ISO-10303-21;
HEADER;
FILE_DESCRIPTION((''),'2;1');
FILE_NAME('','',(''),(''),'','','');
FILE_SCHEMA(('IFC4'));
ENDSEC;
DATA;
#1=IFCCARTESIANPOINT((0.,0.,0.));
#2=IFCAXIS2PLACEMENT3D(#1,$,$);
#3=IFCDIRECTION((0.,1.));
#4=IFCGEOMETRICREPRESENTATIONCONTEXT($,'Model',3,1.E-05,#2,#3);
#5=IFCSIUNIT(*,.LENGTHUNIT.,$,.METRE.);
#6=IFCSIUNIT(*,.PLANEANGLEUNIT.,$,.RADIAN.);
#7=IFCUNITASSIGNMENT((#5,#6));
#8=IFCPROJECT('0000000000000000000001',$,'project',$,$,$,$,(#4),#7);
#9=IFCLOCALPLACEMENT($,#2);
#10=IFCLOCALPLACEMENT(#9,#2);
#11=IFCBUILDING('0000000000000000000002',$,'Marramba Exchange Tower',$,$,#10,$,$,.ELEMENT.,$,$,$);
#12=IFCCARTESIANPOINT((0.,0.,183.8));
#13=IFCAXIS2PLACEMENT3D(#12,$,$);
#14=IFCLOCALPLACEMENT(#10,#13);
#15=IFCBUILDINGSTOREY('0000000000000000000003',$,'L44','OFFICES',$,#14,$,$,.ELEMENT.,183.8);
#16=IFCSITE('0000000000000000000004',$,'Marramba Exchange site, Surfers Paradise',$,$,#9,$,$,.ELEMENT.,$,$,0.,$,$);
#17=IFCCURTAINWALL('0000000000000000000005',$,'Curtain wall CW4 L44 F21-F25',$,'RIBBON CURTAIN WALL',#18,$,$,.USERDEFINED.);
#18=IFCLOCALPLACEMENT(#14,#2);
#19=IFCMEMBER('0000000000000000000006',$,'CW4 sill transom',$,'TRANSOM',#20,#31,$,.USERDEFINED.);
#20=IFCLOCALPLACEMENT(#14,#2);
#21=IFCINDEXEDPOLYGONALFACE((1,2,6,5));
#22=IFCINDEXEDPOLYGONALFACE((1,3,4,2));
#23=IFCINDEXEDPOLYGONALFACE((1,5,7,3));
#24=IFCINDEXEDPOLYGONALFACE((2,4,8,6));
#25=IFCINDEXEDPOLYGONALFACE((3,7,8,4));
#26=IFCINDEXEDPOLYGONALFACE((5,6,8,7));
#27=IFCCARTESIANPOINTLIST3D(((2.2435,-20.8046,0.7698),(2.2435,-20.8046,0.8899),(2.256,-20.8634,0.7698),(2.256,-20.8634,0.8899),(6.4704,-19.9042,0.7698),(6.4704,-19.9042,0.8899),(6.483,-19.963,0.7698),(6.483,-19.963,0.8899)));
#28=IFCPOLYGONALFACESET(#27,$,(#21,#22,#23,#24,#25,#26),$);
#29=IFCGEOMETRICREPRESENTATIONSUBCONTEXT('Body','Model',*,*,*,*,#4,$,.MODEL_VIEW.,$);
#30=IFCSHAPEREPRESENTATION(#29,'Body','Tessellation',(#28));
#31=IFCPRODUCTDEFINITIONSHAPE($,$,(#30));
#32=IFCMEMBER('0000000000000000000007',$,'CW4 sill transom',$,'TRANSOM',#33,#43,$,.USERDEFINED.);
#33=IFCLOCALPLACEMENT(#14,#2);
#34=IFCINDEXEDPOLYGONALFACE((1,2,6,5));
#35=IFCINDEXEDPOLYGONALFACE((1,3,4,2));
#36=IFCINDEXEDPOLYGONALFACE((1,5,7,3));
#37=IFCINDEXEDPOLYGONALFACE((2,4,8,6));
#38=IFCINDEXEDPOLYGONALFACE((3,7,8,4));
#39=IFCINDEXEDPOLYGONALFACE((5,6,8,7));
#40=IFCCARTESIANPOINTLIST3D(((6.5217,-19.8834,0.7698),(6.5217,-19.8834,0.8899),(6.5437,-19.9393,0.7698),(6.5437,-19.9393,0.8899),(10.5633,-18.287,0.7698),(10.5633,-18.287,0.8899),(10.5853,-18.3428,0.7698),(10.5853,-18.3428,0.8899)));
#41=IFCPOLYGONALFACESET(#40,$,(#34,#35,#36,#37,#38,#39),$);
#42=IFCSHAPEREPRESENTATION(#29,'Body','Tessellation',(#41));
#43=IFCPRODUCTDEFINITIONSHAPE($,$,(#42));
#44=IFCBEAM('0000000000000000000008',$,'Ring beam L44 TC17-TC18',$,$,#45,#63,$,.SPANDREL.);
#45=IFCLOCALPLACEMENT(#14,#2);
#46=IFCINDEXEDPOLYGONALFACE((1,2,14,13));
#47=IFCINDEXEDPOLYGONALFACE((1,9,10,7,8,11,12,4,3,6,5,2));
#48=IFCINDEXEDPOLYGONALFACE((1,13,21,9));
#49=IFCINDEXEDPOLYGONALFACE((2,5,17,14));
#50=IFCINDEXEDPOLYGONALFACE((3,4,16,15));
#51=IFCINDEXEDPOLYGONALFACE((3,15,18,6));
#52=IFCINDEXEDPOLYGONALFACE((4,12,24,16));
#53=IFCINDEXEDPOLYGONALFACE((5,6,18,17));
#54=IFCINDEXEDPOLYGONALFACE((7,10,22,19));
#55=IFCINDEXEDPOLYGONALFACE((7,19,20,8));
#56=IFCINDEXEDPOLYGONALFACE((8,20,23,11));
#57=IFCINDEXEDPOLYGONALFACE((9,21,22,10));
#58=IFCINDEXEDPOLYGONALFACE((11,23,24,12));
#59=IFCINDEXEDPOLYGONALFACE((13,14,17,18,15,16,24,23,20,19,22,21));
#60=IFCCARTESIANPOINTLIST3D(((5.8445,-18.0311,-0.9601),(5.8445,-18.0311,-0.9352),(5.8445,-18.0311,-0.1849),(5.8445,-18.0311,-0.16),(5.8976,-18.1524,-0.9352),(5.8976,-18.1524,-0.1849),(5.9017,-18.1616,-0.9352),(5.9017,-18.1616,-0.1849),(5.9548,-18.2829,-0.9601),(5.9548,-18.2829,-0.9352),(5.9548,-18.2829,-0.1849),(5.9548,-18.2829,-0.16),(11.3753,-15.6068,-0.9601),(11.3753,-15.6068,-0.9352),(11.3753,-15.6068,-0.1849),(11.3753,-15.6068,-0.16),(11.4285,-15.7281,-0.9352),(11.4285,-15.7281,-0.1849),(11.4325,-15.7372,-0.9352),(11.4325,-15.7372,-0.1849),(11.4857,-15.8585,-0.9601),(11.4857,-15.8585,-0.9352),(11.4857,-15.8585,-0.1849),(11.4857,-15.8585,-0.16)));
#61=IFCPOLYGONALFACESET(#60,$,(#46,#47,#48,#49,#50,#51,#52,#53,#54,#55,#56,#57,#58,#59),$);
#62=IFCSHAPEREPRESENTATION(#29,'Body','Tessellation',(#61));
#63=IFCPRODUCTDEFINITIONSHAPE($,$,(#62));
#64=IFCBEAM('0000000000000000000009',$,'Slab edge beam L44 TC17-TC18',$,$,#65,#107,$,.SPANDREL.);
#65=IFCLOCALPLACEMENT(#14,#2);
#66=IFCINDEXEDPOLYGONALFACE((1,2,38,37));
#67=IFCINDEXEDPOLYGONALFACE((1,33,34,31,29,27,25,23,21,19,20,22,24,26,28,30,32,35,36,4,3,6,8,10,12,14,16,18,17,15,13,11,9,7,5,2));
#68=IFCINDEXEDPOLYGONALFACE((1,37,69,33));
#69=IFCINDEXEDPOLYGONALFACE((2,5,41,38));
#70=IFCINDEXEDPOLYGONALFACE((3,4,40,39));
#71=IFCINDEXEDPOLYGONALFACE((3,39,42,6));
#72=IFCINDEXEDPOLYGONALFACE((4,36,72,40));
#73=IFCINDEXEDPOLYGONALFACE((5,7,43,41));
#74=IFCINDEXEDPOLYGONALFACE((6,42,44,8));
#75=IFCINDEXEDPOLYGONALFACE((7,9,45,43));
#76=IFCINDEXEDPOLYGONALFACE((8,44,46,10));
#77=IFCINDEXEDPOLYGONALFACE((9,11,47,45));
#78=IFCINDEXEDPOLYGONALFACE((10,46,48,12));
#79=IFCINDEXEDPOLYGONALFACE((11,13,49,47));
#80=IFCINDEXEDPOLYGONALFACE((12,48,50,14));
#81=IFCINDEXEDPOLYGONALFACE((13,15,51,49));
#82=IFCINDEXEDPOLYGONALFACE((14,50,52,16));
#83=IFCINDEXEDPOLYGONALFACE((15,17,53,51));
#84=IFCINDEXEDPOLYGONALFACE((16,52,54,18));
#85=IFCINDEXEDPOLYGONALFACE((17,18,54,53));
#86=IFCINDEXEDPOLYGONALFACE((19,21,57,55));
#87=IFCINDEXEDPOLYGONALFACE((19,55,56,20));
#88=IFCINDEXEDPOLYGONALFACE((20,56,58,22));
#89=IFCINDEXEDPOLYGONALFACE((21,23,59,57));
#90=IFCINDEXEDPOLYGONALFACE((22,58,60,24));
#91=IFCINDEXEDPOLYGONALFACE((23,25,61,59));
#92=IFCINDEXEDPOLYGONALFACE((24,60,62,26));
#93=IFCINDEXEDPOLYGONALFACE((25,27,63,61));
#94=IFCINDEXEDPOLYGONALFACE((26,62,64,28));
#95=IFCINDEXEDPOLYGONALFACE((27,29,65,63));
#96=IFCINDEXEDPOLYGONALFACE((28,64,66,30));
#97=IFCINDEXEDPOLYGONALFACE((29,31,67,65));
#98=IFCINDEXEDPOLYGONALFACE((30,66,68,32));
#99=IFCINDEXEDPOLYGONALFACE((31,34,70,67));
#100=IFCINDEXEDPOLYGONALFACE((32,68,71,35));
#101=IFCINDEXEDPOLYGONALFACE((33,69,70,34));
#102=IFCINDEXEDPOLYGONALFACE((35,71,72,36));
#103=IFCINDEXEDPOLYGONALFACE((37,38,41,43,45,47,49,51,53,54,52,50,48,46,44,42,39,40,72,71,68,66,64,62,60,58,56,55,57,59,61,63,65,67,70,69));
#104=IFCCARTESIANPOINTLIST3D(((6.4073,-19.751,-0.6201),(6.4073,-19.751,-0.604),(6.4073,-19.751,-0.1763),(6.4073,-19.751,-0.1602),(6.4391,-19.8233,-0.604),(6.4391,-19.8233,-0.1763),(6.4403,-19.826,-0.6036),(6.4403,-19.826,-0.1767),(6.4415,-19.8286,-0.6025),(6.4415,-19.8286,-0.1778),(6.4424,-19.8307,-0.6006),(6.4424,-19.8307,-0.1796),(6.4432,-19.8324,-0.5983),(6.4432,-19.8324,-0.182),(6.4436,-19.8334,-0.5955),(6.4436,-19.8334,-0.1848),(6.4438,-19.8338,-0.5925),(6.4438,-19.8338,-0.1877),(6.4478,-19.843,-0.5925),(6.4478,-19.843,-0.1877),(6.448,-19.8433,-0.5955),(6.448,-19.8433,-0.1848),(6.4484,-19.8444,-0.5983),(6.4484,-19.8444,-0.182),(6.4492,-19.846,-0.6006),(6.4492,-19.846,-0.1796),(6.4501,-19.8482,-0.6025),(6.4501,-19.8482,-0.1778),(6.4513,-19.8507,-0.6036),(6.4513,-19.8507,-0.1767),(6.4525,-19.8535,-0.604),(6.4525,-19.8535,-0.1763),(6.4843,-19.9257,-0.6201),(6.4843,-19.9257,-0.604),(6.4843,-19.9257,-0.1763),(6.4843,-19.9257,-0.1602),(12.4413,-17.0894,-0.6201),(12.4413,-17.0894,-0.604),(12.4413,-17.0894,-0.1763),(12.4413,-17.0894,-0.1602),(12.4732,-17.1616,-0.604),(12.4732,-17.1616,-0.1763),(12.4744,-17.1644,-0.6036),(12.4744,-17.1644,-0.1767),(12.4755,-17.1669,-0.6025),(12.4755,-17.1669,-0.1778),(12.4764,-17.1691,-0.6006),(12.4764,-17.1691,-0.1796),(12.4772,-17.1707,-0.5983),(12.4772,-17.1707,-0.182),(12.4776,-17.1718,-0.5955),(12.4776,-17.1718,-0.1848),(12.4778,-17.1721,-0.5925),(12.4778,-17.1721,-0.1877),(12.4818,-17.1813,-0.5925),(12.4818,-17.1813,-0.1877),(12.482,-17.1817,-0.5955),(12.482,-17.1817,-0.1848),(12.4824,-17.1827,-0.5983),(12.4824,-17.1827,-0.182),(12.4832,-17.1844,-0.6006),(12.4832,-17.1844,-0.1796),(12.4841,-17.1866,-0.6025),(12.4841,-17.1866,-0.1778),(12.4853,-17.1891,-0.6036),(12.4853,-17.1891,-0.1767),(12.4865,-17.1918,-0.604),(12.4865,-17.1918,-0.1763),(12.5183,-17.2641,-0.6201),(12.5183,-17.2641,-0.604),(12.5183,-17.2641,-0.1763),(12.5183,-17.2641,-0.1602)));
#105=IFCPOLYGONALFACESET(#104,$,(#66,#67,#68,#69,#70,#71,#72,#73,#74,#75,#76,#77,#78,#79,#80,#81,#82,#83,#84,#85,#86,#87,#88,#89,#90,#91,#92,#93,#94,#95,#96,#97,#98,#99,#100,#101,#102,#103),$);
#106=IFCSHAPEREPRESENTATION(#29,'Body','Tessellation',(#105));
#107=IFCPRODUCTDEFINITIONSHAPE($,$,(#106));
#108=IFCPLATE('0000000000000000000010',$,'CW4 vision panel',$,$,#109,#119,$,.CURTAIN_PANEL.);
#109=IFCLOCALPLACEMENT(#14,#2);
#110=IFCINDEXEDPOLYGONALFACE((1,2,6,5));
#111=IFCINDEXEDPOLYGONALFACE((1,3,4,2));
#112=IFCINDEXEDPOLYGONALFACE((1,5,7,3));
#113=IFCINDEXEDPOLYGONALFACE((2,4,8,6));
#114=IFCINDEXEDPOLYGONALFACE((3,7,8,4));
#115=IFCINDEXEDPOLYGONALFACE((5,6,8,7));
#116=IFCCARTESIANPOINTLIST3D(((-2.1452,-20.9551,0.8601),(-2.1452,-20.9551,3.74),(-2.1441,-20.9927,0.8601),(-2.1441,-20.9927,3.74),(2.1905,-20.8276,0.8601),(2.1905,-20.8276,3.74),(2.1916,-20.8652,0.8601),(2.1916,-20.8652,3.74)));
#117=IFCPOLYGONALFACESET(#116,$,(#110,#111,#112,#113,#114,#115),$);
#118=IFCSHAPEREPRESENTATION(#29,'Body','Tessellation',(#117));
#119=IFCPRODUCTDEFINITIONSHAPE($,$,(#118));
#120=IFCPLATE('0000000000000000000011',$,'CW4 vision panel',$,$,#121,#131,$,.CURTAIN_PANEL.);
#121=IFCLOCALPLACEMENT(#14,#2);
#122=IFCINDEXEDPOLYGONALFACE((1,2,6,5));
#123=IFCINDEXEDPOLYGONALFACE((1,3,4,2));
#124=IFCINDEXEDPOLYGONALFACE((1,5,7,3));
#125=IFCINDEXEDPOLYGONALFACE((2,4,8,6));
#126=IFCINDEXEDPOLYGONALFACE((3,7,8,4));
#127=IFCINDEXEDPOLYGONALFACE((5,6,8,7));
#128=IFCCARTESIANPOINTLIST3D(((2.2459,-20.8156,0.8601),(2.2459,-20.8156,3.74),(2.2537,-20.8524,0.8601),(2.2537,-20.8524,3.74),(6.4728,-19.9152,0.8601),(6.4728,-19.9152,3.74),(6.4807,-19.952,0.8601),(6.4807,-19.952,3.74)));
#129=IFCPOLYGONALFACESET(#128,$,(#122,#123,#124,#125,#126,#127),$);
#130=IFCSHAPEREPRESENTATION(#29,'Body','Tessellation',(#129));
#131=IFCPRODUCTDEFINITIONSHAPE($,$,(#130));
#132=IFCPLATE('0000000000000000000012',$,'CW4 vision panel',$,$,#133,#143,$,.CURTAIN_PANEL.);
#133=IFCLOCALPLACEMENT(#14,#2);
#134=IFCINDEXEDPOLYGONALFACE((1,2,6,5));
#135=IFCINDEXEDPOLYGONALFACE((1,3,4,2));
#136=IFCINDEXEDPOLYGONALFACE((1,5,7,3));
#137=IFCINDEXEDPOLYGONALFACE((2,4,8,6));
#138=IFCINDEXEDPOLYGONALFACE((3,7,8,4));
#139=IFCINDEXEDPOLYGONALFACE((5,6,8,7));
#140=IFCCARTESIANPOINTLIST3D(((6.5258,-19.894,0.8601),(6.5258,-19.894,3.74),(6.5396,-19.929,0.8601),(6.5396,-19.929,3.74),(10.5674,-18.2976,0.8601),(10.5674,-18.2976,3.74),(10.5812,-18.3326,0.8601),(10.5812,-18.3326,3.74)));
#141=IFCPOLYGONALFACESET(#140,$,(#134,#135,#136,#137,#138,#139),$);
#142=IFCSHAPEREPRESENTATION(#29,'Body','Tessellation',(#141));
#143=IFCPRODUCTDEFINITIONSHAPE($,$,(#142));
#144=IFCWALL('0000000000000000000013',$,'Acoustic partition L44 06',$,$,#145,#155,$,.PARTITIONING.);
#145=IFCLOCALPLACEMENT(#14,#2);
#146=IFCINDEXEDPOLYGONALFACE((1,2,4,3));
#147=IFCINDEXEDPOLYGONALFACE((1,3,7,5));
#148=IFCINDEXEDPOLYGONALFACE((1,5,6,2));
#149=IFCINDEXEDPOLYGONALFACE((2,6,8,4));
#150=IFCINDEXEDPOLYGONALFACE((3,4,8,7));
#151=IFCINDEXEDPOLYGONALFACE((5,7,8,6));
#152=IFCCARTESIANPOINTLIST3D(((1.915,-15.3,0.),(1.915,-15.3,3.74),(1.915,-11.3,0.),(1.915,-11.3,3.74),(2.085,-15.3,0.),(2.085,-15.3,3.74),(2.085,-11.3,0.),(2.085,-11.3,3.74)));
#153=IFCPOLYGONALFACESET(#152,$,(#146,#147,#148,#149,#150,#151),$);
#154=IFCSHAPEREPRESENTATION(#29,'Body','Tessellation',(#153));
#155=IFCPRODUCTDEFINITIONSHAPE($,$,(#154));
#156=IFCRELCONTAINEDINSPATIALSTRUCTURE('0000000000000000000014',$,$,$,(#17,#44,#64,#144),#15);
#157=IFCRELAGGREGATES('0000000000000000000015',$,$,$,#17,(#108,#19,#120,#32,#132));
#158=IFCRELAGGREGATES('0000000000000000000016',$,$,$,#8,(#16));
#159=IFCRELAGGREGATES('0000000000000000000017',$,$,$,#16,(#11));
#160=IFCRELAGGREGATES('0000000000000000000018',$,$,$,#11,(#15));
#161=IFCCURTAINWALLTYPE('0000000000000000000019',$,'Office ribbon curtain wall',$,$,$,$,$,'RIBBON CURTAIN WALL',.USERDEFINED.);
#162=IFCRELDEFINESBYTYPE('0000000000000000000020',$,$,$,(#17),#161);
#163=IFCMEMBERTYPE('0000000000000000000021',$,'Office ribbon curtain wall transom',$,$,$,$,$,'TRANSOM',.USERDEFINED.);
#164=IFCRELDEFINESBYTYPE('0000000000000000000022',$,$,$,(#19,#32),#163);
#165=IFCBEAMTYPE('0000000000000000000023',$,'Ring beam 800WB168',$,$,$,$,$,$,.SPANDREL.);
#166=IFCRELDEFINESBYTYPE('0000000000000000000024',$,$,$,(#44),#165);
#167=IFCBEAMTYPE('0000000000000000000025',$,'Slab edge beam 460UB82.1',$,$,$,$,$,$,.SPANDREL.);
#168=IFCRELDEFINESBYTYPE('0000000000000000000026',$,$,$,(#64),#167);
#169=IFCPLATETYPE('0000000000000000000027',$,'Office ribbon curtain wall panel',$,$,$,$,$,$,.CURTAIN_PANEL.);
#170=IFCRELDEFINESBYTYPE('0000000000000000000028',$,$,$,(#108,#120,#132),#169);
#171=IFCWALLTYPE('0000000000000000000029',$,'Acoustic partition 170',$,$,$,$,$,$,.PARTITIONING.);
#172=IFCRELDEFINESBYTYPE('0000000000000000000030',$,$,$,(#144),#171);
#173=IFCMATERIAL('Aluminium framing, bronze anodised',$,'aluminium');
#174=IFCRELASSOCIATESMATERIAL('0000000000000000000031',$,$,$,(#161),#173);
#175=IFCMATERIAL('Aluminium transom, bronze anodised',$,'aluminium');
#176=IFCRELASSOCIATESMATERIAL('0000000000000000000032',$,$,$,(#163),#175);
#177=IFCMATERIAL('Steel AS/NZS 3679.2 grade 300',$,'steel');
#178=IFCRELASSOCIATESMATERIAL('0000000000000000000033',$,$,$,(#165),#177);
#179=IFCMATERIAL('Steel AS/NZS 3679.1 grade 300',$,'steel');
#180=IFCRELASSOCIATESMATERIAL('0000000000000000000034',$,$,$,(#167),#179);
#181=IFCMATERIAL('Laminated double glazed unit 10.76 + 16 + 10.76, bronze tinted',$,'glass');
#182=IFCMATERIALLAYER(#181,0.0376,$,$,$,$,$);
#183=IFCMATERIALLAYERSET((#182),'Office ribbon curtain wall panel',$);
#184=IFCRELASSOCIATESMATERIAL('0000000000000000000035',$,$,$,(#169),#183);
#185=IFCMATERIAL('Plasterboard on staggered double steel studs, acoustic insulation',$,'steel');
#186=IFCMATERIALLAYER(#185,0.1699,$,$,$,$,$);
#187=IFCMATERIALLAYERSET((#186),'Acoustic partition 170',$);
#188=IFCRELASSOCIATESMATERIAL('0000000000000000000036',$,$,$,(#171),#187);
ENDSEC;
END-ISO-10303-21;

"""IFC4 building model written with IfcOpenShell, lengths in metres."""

from ifc_helpers import new_model, si_unit, direction, frame, frame_2d, origin, origin_2d, place, context, subcontext, project, spatial, rectangle, i_section, extrude, material, layer, layer_set, material_profile, profile_set, type_object, element, aggregate, save


model = new_model("IFC4")

# Units and contexts
model_context = context("Model", 3, precision=1e-05, world=origin(), true_north=direction((0.0, 1.0)))
body_context = subcontext(model_context, "Body", "Model", "MODEL_VIEW")
ifc_project = project(units=[si_unit("LENGTHUNIT", "METRE"), si_unit("PLANEANGLEUNIT", "RADIAN")], contexts=[model_context])

# Site, building, storey
site_placement = place(None, origin())
site = spatial("IfcSite", under=ifc_project, at=site_placement, Name="Marramba Exchange site, Surfers Paradise", CompositionType="ELEMENT", RefElevation=0.0)
building_placement = place(site_placement, origin())
building = spatial("IfcBuilding", under=site, at=building_placement, Name="Marramba Exchange Tower", CompositionType="ELEMENT")
storey_placement = place(building_placement, frame((0.0, 0.0, 183.8)))
storey = spatial("IfcBuildingStorey", under=building, at=storey_placement, Name="L44", Description="OFFICES", CompositionType="ELEMENT", Elevation=183.8)

# Shared definitions
ifc_material_1 = material(Name="Steel AS/NZS 3679.2 grade 300", Category="steel")
ifc_material_2 = material(Name="Steel AS/NZS 3679.1 grade 300", Category="steel")

# Curtain wall
ifc_material_3 = material(Name="Aluminium framing, bronze anodised", Category="aluminium")
curtain_wall_type = type_object("IfcCurtainWallType", Name="Office ribbon curtain wall", ElementType="RIBBON CURTAIN WALL", PredefinedType="USERDEFINED", material=ifc_material_3)
curtain_wall_1_placement = place(storey_placement, origin())
curtain_wall_1 = element("IfcCurtainWall", 1, at=curtain_wall_1_placement, inside=storey, type_object=curtain_wall_type, Name="Curtain wall CW4 L44 F21-F25", ObjectType="RIBBON CURTAIN WALL", PredefinedType="USERDEFINED")

# Members
ifc_material_4 = material(Name="Aluminium transom, bronze anodised", Category="aluminium")
ifc_material_profile_1 = material_profile(ifc_material_4, rectangle(XDim=0.0601, YDim=0.1201, at=origin_2d()), Name="CW4 transom 60x120")
ifc_profile_set_1 = profile_set([ifc_material_profile_1], Name="Aluminium transom, bronze anodised")
member_type_1 = type_object("IfcMemberType", Name="Office ribbon curtain wall transom", ElementType="TRANSOM", PredefinedType="USERDEFINED", material=ifc_profile_set_1)
member_1_placement = place(storey_placement, frame((2.2498, -20.834, 0.8298), z_axis=(0.978058, 0.208333, 0.0), x_axis=(-0.208333, 0.978058, 0.0)))
member_1 = element("IfcMember", 2, at=member_1_placement, type_object=member_type_1, Name="CW4 sill transom", ObjectType="TRANSOM", PredefinedType="USERDEFINED", context=body_context, shape_type="SweptSolid", body=[
    extrude(rectangle(XDim=0.0601, YDim=0.1201, at=origin_2d()), origin(), (0.0, 0.0, 1.0), 4.3218),
])
member_2_placement = place(storey_placement, frame((6.5327, -19.9114, 0.8298), z_axis=(0.930068, 0.367387, 0.0), x_axis=(-0.367387, 0.930068, 0.0)))
member_2 = element("IfcMember", 3, at=member_2_placement, type_object=member_type_1, Name="CW4 sill transom", ObjectType="TRANSOM", PredefinedType="USERDEFINED", context=body_context, shape_type="SweptSolid", body=[
    extrude(rectangle(XDim=0.0601, YDim=0.1201, at=origin_2d()), origin(), (0.0, 0.0, 1.0), 4.3455),
])

# Beams
ifc_material_profile_2 = material_profile(ifc_material_1, i_section(OverallWidth=0.2749, OverallDepth=0.8, WebThickness=0.01, FlangeThickness=0.0249, at=origin_2d()), Name="800WB168")
ifc_profile_set_2 = profile_set([ifc_material_profile_2], Name="Steel AS/NZS 3679.2 grade 300")
beam_type_1 = type_object("IfcBeamType", Name="Ring beam 800WB168", PredefinedType="SPANDREL", material=ifc_profile_set_2)
beam_1_placement = place(storey_placement, frame((5.8997, -18.157, -0.5601), z_axis=(0.915877, 0.401459, 0.0), x_axis=(-0.401459, 0.915877, 0.0)))
element("IfcBeam", 4, at=beam_1_placement, inside=storey, type_object=beam_type_1, Name="Ring beam L44 TC17-TC18", PredefinedType="SPANDREL", context=body_context, shape_type="SweptSolid", body=[
    extrude(i_section(OverallWidth=0.2749, OverallDepth=0.8, WebThickness=0.01, FlangeThickness=0.0249, at=origin_2d()), origin(), (0.0, 0.0, 1.0), 6.0388),
])
ifc_material_profile_3 = material_profile(ifc_material_2, i_section(OverallWidth=0.1909, OverallDepth=0.46, WebThickness=0.01, FlangeThickness=0.0161, FilletRadius=0.0115, at=origin_2d()), Name="460UB82.1")
ifc_profile_set_3 = profile_set([ifc_material_profile_3], Name="Steel AS/NZS 3679.1 grade 300")
beam_type_2 = type_object("IfcBeamType", Name="Slab edge beam 460UB82.1", PredefinedType="SPANDREL", material=ifc_profile_set_3)
beam_2_placement = place(storey_placement, frame((6.4458, -19.8384, -0.3901), z_axis=(0.914941, 0.403588, 0.0), x_axis=(-0.403588, 0.914941, 0.0)))
element("IfcBeam", 5, at=beam_2_placement, inside=storey, type_object=beam_type_2, Name="Slab edge beam L44 TC17-TC18", PredefinedType="SPANDREL", context=body_context, shape_type="SweptSolid", body=[
    extrude(i_section(OverallWidth=0.1909, OverallDepth=0.46, WebThickness=0.01, FlangeThickness=0.0161, FilletRadius=0.0115, at=origin_2d()), origin(), (0.0, 0.0, 1.0), 6.595),
])

# Plates
ifc_material_5 = material(Name="Laminated double glazed unit 10.76 + 16 + 10.76, bronze tinted", Category="glass")
ifc_layer_1 = layer(ifc_material_5, 0.0376)
ifc_layer_set_1 = layer_set([ifc_layer_1], Name="Office ribbon curtain wall panel")
plate_type = type_object("IfcPlateType", Name="Office ribbon curtain wall panel", PredefinedType="CURTAIN_PANEL", material=ifc_layer_set_1)
plate_1_placement = place(storey_placement, frame((0.0232, -20.9102, 0.8601), z_axis=(0.0, 0.0, 1.0), x_axis=(0.999568, 0.029393, 0.0)))
plate_1 = element("IfcPlate", 6, at=plate_1_placement, type_object=plate_type, Name="CW4 vision panel", PredefinedType="CURTAIN_PANEL", context=body_context, shape_type="SweptSolid", body=[
    extrude(rectangle(XDim=4.3376, YDim=0.0376, at=origin_2d()), origin(), (0.0, 0.0, 1.0), 2.8799),
])
plate_2_placement = place(storey_placement, frame((4.3633, -20.3838, 0.8601), z_axis=(0.0, 0.0, 1.0), x_axis=(0.978058, 0.208332, 0.0)))
plate_2 = element("IfcPlate", 7, at=plate_2_placement, type_object=plate_type, Name="CW4 vision panel", PredefinedType="CURTAIN_PANEL", context=body_context, shape_type="SweptSolid", body=[
    extrude(rectangle(XDim=4.3218, YDim=0.0376, at=origin_2d()), origin(), (0.0, 0.0, 1.0), 2.8799),
])
plate_3_placement = place(storey_placement, frame((8.5535, -19.1133, 0.8601), z_axis=(0.0, 0.0, 1.0), x_axis=(0.930073, 0.367375, 0.0)))
plate_3 = element("IfcPlate", 8, at=plate_3_placement, type_object=plate_type, Name="CW4 vision panel", PredefinedType="CURTAIN_PANEL", context=body_context, shape_type="SweptSolid", body=[
    extrude(rectangle(XDim=4.3455, YDim=0.0376, at=origin_2d()), origin(), (0.0, 0.0, 1.0), 2.8799),
])
aggregate(curtain_wall_1, [plate_1, member_1, plate_2, member_2, plate_3])

# Wall
ifc_material_6 = material(Name="Plasterboard on staggered double steel studs, acoustic insulation", Category="steel")
ifc_layer_2 = layer(ifc_material_6, 0.1699)
ifc_layer_set_2 = layer_set([ifc_layer_2], Name="Acoustic partition 170")
wall_type_1 = type_object("IfcWallType", Name="Acoustic partition 170", PredefinedType="PARTITIONING", material=ifc_layer_set_2)
wall_1_placement = place(storey_placement, frame((2.0, -11.3, 0.0), z_axis=(0.0, 0.0, 1.0), x_axis=(0.0, -1.0, 0.0)))
element("IfcWall", 9, at=wall_1_placement, inside=storey, type_object=wall_type_1, Name="Acoustic partition L44 06", PredefinedType="PARTITIONING", context=body_context, shape_type="SweptSolid", body=[
    extrude(rectangle(XDim=4.0, YDim=0.1699, at=frame_2d((2.0, 0.0))), origin(), (0.0, 0.0, 1.0), 3.74),
])

save(model, "model.ifc")
